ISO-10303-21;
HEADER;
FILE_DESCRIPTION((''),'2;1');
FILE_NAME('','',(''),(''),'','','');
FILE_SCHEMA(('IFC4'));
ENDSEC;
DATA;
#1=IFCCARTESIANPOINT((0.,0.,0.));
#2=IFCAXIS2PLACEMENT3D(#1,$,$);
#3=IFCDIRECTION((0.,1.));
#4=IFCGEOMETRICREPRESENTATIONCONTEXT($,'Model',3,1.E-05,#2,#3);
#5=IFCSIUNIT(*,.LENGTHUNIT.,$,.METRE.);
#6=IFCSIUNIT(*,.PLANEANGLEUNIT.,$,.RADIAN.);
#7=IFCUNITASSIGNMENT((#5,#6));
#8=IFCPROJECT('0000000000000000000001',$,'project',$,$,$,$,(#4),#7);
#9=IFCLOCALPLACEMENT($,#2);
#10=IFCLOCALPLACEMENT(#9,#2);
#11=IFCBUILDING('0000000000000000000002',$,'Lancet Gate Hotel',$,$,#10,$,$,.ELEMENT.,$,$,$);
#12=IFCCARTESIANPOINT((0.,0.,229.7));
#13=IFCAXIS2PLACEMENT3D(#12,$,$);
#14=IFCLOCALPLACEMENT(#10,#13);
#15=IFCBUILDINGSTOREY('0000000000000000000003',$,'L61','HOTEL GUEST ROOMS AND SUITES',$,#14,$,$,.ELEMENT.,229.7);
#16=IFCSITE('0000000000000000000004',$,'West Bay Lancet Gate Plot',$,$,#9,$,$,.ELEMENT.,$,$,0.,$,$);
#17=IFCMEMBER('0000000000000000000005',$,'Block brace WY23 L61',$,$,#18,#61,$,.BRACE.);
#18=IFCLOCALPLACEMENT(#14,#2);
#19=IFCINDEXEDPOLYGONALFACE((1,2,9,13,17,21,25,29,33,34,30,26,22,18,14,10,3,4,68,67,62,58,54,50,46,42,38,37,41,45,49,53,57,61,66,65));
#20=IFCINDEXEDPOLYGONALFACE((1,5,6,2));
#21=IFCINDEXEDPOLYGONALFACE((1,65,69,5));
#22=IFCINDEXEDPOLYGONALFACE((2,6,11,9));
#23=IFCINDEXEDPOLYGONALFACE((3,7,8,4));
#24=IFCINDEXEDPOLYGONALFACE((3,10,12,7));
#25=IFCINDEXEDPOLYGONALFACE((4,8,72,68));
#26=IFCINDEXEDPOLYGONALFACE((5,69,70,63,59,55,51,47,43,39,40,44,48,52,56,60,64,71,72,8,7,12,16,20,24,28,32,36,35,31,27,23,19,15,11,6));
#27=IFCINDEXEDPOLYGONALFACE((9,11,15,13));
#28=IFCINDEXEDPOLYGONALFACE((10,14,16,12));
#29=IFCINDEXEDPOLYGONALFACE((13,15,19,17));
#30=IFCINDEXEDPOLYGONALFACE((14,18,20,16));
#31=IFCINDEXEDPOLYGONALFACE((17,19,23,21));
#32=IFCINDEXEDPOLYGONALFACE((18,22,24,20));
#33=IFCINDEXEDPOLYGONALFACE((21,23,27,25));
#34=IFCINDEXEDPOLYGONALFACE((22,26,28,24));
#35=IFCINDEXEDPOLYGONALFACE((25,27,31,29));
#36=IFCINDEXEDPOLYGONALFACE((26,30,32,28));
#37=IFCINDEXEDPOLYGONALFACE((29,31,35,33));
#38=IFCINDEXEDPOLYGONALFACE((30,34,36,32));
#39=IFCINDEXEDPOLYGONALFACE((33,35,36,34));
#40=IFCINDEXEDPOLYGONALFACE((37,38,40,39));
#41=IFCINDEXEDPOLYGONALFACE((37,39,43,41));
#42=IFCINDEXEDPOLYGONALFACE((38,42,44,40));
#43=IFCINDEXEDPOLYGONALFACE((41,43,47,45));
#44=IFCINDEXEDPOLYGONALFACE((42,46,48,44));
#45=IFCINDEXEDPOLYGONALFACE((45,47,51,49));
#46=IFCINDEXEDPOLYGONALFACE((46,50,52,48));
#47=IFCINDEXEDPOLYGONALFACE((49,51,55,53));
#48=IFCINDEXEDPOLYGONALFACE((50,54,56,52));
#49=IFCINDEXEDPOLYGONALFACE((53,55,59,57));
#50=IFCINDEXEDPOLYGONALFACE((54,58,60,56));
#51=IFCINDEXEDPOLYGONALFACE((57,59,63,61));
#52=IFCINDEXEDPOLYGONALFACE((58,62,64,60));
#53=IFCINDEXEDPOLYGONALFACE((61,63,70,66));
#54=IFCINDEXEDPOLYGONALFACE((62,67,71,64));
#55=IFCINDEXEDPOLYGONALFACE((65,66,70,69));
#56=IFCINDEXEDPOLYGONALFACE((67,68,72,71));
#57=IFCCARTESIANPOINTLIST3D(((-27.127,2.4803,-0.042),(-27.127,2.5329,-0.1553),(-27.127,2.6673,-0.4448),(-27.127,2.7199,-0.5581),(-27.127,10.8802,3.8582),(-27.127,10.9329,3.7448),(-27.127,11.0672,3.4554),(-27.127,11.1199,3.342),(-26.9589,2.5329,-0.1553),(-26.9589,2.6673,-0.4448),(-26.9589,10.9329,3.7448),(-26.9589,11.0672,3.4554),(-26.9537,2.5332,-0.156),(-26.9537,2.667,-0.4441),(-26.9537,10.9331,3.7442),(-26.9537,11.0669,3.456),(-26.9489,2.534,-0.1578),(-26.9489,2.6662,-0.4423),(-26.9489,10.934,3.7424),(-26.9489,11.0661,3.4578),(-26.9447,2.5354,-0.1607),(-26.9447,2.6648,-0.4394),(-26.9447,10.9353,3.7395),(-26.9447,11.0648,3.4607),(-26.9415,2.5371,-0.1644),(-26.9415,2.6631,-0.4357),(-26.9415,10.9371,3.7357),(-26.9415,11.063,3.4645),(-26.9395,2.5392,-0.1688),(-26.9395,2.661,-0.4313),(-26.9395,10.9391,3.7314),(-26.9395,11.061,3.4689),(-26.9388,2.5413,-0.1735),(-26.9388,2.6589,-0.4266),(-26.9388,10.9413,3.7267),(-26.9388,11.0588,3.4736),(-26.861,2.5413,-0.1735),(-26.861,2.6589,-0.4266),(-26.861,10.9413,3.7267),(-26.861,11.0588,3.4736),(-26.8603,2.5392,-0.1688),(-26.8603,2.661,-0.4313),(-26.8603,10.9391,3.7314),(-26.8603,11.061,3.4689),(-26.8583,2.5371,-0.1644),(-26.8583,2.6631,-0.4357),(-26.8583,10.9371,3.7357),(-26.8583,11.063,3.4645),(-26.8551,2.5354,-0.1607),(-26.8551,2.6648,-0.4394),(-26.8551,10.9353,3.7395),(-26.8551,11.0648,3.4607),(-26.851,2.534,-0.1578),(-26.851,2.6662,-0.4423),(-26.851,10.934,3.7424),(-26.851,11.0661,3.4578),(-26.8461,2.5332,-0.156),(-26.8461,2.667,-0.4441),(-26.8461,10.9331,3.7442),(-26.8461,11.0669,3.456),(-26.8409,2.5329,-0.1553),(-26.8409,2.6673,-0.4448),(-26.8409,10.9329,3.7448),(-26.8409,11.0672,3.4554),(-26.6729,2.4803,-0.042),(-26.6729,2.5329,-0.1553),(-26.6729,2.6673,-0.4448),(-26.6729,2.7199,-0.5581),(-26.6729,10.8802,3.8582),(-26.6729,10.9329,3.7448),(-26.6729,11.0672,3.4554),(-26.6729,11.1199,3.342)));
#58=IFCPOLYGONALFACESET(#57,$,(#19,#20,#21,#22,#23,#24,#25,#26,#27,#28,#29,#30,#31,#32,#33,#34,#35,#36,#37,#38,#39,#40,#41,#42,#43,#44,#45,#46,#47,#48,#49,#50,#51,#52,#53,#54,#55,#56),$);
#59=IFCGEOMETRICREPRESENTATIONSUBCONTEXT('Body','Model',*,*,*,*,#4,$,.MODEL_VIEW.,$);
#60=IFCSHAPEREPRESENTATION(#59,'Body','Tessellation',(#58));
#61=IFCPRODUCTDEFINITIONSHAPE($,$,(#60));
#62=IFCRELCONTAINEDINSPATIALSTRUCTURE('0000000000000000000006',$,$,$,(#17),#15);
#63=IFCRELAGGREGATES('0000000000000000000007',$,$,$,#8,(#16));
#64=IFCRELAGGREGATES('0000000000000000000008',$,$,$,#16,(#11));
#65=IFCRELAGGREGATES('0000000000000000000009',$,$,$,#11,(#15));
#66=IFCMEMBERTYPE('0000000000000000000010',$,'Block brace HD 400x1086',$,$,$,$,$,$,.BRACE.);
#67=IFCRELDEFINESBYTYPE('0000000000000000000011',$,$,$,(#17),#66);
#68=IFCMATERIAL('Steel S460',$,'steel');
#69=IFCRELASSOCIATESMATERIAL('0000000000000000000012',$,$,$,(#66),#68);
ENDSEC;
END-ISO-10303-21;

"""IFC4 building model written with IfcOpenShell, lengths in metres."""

from ifc_helpers import new_model, si_unit, direction, frame, origin, origin_2d, place, context, subcontext, project, spatial, i_section, extrude, material, material_profile, profile_set, type_object, element, save


model = new_model("IFC4")

# Units and contexts
model_context = context("Model", 3, precision=1e-05, world=origin(), true_north=direction((0.0, 1.0)))
body_context = subcontext(model_context, "Body", "Model", "MODEL_VIEW")
ifc_project = project(units=[si_unit("LENGTHUNIT", "METRE"), si_unit("PLANEANGLEUNIT", "RADIAN")], contexts=[model_context])

# Site, building, storey
site_placement = place(None, origin())
site = spatial("IfcSite", under=ifc_project, at=site_placement, Name="West Bay Lancet Gate Plot", CompositionType="ELEMENT", RefElevation=0.0)
building_placement = place(site_placement, origin())
building = spatial("IfcBuilding", under=site, at=building_placement, Name="Lancet Gate Hotel", CompositionType="ELEMENT")
storey_placement = place(building_placement, frame((0.0, 0.0, 229.7)))
storey = spatial("IfcBuildingStorey", under=building, at=storey_placement, Name="L61", Description="HOTEL GUEST ROOMS AND SUITES", CompositionType="ELEMENT", Elevation=229.7)

# Member
ifc_material_1 = material(Name="Steel S460", Category="steel")
ifc_material_profile_1 = material_profile(ifc_material_1, i_section(OverallWidth=0.4541, OverallDepth=0.5691, WebThickness=0.0779, FlangeThickness=0.125, FilletRadius=0.02, at=origin_2d()), Name="HD 400x1086")
ifc_profile_set_1 = profile_set([ifc_material_profile_1], Name="Steel S460")
member_type = type_object("IfcMemberType", Name="Block brace HD 400x1086", PredefinedType="BRACE", material=ifc_profile_set_1)
member_1_placement = place(storey_placement, frame((-26.8999, 2.6001, -0.3), z_axis=(0.0, 0.907001, 0.421128), x_axis=(-1.0, 0.0, 0.0)))
element("IfcMember", 1, at=member_1_placement, inside=storey, type_object=member_type, Name="Block brace WY23 L61", PredefinedType="BRACE", context=body_context, shape_type="SweptSolid", body=[
    extrude(i_section(OverallWidth=0.4541, OverallDepth=0.5691, WebThickness=0.0779, FlangeThickness=0.125, FilletRadius=0.02, at=origin_2d()), origin(), (0.0, 0.0, 1.0), 9.2612),
])

save(model, "model.ifc")
